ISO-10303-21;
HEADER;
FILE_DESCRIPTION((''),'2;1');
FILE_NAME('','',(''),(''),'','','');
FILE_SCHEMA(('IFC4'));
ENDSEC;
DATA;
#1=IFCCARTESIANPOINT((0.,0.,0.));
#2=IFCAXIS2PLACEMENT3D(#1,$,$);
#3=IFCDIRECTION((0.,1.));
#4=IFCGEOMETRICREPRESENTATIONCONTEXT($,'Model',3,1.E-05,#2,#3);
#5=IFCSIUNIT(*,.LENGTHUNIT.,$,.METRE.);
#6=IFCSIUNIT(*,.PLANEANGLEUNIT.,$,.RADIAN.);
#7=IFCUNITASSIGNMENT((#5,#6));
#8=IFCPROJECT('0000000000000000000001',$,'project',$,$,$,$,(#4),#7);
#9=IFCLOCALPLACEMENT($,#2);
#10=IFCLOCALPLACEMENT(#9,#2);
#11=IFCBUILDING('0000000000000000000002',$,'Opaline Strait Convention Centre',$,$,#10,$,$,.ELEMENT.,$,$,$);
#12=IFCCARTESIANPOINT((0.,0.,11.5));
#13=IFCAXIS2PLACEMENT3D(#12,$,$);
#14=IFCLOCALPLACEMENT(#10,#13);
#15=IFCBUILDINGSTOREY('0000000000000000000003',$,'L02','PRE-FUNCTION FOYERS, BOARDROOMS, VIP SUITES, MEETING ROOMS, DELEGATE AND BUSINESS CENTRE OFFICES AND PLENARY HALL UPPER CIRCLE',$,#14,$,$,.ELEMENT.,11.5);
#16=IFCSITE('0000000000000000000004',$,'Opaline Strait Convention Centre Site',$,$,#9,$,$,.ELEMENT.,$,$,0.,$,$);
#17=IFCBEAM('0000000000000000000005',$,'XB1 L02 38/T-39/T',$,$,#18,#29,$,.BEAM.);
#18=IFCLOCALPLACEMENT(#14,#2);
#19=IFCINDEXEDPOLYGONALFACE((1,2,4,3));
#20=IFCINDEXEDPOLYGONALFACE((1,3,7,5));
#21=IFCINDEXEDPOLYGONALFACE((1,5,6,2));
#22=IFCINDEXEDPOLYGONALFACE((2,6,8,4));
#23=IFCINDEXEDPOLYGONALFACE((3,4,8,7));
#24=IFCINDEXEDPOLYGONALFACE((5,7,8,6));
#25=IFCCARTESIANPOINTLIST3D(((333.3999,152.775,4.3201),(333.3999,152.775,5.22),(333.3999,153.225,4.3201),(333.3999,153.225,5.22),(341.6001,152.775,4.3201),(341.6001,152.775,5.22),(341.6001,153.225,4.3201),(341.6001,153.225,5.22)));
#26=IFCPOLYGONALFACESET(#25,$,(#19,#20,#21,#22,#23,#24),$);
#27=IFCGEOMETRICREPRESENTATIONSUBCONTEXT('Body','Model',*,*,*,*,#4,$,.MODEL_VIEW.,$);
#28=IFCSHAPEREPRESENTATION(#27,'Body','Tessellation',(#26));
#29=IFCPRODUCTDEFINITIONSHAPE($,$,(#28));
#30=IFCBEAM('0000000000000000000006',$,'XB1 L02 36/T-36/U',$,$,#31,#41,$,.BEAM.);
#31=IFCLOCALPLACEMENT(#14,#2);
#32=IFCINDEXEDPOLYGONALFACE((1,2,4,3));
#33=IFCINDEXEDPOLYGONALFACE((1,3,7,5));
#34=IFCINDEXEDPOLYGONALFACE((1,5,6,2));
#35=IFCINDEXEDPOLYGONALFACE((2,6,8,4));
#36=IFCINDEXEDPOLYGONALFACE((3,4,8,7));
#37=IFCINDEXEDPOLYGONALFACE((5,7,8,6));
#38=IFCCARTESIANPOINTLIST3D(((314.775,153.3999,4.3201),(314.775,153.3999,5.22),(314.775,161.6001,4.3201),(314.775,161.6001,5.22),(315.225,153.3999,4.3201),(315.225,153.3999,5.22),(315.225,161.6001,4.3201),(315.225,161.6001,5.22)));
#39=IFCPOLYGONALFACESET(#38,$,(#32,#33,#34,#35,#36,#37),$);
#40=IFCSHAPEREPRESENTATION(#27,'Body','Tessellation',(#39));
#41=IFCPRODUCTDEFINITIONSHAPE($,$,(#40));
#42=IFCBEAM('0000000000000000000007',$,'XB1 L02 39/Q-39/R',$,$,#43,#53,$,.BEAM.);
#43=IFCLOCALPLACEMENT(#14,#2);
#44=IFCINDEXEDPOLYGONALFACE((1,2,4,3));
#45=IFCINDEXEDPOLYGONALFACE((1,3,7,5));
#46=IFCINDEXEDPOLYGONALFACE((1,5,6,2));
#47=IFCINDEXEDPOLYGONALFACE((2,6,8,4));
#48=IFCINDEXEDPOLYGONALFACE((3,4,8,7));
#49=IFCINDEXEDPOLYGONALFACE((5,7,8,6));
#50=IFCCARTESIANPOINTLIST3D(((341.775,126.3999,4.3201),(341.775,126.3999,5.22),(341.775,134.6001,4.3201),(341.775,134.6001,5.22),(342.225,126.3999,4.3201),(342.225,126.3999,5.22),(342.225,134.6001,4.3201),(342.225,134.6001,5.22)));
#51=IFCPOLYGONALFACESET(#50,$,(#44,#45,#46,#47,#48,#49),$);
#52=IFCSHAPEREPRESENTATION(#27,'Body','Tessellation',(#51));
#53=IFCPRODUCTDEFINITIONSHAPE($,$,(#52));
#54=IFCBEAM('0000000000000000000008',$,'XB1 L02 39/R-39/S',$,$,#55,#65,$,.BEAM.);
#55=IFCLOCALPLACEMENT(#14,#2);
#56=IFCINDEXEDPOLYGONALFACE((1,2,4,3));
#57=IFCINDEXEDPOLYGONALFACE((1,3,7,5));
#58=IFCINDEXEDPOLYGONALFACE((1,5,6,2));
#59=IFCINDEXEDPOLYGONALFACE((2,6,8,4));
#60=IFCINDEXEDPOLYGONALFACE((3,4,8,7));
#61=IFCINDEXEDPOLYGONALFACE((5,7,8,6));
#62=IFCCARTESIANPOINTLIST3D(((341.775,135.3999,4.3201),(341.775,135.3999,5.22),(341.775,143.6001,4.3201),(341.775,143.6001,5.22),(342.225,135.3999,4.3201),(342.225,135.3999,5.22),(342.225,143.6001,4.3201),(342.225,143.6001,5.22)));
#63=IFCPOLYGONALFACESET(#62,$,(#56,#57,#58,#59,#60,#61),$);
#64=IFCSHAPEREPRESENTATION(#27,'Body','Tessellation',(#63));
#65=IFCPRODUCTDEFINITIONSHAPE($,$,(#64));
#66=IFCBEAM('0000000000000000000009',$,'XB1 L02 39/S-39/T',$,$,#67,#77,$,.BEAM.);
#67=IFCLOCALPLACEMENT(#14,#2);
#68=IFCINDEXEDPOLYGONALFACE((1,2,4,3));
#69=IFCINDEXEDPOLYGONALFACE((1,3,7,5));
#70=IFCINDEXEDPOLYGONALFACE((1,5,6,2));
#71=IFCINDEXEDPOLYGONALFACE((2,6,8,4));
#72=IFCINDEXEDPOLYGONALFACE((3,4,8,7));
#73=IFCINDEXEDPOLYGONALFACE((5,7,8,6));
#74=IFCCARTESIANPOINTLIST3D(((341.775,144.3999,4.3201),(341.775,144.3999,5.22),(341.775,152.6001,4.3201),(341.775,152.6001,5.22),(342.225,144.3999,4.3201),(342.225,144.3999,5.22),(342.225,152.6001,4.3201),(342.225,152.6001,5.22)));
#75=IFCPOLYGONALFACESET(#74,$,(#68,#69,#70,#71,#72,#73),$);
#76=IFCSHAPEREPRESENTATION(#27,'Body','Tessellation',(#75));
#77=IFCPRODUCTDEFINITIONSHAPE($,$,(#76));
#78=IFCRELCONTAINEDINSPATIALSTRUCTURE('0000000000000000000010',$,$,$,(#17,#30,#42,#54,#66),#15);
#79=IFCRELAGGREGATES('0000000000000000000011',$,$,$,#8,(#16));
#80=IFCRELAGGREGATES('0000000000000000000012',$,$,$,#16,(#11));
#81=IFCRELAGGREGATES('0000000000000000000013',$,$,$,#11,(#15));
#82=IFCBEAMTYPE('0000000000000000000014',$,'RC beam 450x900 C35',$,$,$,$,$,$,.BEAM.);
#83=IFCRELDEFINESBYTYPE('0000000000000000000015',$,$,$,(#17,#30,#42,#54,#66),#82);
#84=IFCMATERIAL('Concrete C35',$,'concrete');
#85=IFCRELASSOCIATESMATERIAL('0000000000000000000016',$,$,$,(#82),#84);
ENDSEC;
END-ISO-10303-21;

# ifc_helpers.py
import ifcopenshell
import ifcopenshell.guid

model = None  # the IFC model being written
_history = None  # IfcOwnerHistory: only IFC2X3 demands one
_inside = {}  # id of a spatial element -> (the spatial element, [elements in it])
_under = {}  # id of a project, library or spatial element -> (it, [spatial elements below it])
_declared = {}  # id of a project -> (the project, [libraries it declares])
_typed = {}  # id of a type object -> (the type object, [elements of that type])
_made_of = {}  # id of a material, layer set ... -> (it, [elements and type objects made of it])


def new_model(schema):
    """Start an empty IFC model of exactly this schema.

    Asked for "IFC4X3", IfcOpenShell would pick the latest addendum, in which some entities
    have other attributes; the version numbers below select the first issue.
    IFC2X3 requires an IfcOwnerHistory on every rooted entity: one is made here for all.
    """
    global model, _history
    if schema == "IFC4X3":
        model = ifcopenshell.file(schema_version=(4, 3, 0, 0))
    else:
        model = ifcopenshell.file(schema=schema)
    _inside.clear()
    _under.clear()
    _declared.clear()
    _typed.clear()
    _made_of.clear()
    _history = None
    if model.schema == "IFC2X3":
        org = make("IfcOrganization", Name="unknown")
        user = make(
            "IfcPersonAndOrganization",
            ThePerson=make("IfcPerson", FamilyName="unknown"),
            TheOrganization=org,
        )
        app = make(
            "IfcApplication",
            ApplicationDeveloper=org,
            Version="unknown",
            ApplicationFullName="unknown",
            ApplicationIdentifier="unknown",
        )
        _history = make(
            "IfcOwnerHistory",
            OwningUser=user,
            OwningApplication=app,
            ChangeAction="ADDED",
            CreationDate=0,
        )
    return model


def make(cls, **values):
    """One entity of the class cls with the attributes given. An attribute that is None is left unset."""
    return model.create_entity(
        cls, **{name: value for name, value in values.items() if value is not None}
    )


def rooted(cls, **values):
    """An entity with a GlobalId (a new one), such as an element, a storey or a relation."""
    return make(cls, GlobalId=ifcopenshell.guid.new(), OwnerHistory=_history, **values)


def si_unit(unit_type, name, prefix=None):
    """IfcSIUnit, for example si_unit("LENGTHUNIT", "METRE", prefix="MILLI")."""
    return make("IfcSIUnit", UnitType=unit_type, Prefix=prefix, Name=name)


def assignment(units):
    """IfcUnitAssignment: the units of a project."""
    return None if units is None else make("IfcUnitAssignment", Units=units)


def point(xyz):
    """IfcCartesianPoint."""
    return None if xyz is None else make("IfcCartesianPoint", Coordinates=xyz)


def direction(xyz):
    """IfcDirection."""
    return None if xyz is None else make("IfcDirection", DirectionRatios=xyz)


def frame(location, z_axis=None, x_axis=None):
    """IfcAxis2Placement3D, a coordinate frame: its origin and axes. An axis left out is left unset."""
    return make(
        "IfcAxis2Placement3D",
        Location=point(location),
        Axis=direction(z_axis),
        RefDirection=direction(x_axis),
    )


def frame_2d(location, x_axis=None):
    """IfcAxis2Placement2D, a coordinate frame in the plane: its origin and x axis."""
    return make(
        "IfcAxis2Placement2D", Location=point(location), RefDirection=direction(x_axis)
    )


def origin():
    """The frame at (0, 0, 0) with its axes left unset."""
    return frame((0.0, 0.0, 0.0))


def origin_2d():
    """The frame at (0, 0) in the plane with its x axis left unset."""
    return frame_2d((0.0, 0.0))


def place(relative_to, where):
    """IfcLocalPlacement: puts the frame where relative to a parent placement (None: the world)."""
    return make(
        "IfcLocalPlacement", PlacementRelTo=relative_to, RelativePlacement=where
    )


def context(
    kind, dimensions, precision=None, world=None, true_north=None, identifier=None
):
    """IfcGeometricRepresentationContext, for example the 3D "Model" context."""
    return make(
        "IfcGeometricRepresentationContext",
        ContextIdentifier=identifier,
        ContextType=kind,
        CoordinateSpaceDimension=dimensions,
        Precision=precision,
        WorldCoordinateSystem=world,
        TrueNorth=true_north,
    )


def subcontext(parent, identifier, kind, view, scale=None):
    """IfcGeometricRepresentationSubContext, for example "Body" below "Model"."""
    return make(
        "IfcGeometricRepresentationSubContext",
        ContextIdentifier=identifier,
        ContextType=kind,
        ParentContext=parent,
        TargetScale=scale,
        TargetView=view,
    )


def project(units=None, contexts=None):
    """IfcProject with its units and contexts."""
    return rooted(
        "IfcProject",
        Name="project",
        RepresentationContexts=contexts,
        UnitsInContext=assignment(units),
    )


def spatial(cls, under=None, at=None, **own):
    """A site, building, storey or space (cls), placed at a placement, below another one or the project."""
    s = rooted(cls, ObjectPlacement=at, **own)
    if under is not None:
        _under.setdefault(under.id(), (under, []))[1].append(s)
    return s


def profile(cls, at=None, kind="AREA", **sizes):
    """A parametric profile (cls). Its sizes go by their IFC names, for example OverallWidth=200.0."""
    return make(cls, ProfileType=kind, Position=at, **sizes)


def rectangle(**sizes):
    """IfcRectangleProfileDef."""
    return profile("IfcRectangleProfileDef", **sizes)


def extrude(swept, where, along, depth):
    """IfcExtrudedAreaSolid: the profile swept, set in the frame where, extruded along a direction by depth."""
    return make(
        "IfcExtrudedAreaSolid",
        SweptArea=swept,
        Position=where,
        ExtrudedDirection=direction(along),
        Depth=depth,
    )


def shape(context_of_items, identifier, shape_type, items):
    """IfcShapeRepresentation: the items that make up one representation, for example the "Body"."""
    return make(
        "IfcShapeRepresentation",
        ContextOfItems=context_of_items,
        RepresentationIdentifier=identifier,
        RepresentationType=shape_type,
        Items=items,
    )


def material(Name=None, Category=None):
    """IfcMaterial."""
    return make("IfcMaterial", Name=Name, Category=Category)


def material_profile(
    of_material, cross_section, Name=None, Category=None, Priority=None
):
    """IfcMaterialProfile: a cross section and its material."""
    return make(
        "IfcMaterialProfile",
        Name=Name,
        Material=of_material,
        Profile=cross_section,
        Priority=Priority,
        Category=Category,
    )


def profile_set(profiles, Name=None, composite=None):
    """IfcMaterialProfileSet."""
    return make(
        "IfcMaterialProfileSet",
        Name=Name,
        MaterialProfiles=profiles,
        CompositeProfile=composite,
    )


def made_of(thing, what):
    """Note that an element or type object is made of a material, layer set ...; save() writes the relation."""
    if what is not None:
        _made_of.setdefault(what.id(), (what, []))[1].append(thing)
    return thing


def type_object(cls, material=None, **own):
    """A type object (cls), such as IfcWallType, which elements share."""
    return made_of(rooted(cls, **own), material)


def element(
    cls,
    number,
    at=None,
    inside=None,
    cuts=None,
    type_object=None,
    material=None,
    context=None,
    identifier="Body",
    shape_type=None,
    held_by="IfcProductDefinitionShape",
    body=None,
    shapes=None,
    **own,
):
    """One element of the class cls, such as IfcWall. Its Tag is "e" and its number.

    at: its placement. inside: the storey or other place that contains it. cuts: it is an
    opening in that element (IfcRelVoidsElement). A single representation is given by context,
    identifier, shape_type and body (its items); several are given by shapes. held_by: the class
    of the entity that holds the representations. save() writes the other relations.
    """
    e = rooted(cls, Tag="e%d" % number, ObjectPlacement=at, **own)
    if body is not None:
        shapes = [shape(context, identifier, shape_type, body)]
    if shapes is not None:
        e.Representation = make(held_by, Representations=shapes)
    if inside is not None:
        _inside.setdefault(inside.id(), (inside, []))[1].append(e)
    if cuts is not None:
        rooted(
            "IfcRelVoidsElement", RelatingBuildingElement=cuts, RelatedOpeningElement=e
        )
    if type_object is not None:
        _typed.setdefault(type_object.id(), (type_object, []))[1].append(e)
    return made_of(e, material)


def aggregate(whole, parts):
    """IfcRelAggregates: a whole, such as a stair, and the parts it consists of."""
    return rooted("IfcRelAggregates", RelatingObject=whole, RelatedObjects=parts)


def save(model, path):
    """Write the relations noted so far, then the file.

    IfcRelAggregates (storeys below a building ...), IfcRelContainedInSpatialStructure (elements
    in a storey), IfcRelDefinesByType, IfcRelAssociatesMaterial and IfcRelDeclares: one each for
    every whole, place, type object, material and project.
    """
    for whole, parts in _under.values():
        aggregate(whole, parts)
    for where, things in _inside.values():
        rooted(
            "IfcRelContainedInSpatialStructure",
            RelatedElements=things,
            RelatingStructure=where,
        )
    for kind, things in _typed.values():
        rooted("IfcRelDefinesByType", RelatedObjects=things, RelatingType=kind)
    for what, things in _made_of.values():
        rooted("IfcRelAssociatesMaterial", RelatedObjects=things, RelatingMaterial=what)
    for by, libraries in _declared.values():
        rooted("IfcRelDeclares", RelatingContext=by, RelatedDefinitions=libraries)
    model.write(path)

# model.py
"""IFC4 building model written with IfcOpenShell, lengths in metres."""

from ifc_helpers import new_model, si_unit, direction, frame, origin, origin_2d, place, context, subcontext, project, spatial, rectangle, extrude, material, material_profile, profile_set, type_object, element, save


model = new_model("IFC4")

# Units and contexts
model_context = context("Model", 3, precision=1e-05, world=origin(), true_north=direction((0.0, 1.0)))
body_context = subcontext(model_context, "Body", "Model", "MODEL_VIEW")
ifc_project = project(units=[si_unit("LENGTHUNIT", "METRE"), si_unit("PLANEANGLEUNIT", "RADIAN")], contexts=[model_context])

# Site, building, storey
site_placement = place(None, origin())
site = spatial("IfcSite", under=ifc_project, at=site_placement, Name="Opaline Strait Convention Centre Site", CompositionType="ELEMENT", RefElevation=0.0)
building_placement = place(site_placement, origin())
building = spatial("IfcBuilding", under=site, at=building_placement, Name="Opaline Strait Convention Centre", CompositionType="ELEMENT")
storey_placement = place(building_placement, frame((0.0, 0.0, 11.5)))
storey = spatial("IfcBuildingStorey", under=building, at=storey_placement, Name="L02", Description="PRE-FUNCTION FOYERS, BOARDROOMS, VIP SUITES, MEETING ROOMS, DELEGATE AND BUSINESS CENTRE OFFICES AND PLENARY HALL UPPER CIRCLE", CompositionType="ELEMENT", Elevation=11.5)

# Beams
ifc_material_1 = material(Name="Concrete C35", Category="concrete")
ifc_material_profile_1 = material_profile(ifc_material_1, rectangle(XDim=0.45, YDim=0.8999, at=origin_2d()), Name="RC 450x900")
ifc_profile_set_1 = profile_set([ifc_material_profile_1], Name="Concrete C35")
beam_type = type_object("IfcBeamType", Name="RC beam 450x900 C35", PredefinedType="BEAM", material=ifc_profile_set_1)
for number, where, z_axis, x_axis, name in (
    (1, (333.3999, 153.0, 4.77), (1.0, 0.0, 0.0), (0.0, 1.0, 0.0), "XB1 L02 38/T-39/T"),
    (2, (315.0, 153.3999, 4.77), (0.0, 1.0, 0.0), (-1.0, 0.0, 0.0), "XB1 L02 36/T-36/U"),
    (3, (342.0, 126.3999, 4.77), (0.0, 1.0, 0.0), (-1.0, 0.0, 0.0), "XB1 L02 39/Q-39/R"),
    (4, (342.0, 135.3999, 4.77), (0.0, 1.0, 0.0), (-1.0, 0.0, 0.0), "XB1 L02 39/R-39/S"),
    (5, (342.0, 144.3999, 4.77), (0.0, 1.0, 0.0), (-1.0, 0.0, 0.0), "XB1 L02 39/S-39/T"),
):
    element("IfcBeam", number, at=place(storey_placement, frame(where, z_axis=z_axis, x_axis=x_axis)), inside=storey, type_object=beam_type, Name=name, PredefinedType="BEAM", context=body_context, shape_type="SweptSolid", body=[
        extrude(rectangle(XDim=0.45, YDim=0.8999, at=origin_2d()), origin(), (0.0, 0.0, 1.0), 8.2002),
    ])

save(model, "model.ifc")
